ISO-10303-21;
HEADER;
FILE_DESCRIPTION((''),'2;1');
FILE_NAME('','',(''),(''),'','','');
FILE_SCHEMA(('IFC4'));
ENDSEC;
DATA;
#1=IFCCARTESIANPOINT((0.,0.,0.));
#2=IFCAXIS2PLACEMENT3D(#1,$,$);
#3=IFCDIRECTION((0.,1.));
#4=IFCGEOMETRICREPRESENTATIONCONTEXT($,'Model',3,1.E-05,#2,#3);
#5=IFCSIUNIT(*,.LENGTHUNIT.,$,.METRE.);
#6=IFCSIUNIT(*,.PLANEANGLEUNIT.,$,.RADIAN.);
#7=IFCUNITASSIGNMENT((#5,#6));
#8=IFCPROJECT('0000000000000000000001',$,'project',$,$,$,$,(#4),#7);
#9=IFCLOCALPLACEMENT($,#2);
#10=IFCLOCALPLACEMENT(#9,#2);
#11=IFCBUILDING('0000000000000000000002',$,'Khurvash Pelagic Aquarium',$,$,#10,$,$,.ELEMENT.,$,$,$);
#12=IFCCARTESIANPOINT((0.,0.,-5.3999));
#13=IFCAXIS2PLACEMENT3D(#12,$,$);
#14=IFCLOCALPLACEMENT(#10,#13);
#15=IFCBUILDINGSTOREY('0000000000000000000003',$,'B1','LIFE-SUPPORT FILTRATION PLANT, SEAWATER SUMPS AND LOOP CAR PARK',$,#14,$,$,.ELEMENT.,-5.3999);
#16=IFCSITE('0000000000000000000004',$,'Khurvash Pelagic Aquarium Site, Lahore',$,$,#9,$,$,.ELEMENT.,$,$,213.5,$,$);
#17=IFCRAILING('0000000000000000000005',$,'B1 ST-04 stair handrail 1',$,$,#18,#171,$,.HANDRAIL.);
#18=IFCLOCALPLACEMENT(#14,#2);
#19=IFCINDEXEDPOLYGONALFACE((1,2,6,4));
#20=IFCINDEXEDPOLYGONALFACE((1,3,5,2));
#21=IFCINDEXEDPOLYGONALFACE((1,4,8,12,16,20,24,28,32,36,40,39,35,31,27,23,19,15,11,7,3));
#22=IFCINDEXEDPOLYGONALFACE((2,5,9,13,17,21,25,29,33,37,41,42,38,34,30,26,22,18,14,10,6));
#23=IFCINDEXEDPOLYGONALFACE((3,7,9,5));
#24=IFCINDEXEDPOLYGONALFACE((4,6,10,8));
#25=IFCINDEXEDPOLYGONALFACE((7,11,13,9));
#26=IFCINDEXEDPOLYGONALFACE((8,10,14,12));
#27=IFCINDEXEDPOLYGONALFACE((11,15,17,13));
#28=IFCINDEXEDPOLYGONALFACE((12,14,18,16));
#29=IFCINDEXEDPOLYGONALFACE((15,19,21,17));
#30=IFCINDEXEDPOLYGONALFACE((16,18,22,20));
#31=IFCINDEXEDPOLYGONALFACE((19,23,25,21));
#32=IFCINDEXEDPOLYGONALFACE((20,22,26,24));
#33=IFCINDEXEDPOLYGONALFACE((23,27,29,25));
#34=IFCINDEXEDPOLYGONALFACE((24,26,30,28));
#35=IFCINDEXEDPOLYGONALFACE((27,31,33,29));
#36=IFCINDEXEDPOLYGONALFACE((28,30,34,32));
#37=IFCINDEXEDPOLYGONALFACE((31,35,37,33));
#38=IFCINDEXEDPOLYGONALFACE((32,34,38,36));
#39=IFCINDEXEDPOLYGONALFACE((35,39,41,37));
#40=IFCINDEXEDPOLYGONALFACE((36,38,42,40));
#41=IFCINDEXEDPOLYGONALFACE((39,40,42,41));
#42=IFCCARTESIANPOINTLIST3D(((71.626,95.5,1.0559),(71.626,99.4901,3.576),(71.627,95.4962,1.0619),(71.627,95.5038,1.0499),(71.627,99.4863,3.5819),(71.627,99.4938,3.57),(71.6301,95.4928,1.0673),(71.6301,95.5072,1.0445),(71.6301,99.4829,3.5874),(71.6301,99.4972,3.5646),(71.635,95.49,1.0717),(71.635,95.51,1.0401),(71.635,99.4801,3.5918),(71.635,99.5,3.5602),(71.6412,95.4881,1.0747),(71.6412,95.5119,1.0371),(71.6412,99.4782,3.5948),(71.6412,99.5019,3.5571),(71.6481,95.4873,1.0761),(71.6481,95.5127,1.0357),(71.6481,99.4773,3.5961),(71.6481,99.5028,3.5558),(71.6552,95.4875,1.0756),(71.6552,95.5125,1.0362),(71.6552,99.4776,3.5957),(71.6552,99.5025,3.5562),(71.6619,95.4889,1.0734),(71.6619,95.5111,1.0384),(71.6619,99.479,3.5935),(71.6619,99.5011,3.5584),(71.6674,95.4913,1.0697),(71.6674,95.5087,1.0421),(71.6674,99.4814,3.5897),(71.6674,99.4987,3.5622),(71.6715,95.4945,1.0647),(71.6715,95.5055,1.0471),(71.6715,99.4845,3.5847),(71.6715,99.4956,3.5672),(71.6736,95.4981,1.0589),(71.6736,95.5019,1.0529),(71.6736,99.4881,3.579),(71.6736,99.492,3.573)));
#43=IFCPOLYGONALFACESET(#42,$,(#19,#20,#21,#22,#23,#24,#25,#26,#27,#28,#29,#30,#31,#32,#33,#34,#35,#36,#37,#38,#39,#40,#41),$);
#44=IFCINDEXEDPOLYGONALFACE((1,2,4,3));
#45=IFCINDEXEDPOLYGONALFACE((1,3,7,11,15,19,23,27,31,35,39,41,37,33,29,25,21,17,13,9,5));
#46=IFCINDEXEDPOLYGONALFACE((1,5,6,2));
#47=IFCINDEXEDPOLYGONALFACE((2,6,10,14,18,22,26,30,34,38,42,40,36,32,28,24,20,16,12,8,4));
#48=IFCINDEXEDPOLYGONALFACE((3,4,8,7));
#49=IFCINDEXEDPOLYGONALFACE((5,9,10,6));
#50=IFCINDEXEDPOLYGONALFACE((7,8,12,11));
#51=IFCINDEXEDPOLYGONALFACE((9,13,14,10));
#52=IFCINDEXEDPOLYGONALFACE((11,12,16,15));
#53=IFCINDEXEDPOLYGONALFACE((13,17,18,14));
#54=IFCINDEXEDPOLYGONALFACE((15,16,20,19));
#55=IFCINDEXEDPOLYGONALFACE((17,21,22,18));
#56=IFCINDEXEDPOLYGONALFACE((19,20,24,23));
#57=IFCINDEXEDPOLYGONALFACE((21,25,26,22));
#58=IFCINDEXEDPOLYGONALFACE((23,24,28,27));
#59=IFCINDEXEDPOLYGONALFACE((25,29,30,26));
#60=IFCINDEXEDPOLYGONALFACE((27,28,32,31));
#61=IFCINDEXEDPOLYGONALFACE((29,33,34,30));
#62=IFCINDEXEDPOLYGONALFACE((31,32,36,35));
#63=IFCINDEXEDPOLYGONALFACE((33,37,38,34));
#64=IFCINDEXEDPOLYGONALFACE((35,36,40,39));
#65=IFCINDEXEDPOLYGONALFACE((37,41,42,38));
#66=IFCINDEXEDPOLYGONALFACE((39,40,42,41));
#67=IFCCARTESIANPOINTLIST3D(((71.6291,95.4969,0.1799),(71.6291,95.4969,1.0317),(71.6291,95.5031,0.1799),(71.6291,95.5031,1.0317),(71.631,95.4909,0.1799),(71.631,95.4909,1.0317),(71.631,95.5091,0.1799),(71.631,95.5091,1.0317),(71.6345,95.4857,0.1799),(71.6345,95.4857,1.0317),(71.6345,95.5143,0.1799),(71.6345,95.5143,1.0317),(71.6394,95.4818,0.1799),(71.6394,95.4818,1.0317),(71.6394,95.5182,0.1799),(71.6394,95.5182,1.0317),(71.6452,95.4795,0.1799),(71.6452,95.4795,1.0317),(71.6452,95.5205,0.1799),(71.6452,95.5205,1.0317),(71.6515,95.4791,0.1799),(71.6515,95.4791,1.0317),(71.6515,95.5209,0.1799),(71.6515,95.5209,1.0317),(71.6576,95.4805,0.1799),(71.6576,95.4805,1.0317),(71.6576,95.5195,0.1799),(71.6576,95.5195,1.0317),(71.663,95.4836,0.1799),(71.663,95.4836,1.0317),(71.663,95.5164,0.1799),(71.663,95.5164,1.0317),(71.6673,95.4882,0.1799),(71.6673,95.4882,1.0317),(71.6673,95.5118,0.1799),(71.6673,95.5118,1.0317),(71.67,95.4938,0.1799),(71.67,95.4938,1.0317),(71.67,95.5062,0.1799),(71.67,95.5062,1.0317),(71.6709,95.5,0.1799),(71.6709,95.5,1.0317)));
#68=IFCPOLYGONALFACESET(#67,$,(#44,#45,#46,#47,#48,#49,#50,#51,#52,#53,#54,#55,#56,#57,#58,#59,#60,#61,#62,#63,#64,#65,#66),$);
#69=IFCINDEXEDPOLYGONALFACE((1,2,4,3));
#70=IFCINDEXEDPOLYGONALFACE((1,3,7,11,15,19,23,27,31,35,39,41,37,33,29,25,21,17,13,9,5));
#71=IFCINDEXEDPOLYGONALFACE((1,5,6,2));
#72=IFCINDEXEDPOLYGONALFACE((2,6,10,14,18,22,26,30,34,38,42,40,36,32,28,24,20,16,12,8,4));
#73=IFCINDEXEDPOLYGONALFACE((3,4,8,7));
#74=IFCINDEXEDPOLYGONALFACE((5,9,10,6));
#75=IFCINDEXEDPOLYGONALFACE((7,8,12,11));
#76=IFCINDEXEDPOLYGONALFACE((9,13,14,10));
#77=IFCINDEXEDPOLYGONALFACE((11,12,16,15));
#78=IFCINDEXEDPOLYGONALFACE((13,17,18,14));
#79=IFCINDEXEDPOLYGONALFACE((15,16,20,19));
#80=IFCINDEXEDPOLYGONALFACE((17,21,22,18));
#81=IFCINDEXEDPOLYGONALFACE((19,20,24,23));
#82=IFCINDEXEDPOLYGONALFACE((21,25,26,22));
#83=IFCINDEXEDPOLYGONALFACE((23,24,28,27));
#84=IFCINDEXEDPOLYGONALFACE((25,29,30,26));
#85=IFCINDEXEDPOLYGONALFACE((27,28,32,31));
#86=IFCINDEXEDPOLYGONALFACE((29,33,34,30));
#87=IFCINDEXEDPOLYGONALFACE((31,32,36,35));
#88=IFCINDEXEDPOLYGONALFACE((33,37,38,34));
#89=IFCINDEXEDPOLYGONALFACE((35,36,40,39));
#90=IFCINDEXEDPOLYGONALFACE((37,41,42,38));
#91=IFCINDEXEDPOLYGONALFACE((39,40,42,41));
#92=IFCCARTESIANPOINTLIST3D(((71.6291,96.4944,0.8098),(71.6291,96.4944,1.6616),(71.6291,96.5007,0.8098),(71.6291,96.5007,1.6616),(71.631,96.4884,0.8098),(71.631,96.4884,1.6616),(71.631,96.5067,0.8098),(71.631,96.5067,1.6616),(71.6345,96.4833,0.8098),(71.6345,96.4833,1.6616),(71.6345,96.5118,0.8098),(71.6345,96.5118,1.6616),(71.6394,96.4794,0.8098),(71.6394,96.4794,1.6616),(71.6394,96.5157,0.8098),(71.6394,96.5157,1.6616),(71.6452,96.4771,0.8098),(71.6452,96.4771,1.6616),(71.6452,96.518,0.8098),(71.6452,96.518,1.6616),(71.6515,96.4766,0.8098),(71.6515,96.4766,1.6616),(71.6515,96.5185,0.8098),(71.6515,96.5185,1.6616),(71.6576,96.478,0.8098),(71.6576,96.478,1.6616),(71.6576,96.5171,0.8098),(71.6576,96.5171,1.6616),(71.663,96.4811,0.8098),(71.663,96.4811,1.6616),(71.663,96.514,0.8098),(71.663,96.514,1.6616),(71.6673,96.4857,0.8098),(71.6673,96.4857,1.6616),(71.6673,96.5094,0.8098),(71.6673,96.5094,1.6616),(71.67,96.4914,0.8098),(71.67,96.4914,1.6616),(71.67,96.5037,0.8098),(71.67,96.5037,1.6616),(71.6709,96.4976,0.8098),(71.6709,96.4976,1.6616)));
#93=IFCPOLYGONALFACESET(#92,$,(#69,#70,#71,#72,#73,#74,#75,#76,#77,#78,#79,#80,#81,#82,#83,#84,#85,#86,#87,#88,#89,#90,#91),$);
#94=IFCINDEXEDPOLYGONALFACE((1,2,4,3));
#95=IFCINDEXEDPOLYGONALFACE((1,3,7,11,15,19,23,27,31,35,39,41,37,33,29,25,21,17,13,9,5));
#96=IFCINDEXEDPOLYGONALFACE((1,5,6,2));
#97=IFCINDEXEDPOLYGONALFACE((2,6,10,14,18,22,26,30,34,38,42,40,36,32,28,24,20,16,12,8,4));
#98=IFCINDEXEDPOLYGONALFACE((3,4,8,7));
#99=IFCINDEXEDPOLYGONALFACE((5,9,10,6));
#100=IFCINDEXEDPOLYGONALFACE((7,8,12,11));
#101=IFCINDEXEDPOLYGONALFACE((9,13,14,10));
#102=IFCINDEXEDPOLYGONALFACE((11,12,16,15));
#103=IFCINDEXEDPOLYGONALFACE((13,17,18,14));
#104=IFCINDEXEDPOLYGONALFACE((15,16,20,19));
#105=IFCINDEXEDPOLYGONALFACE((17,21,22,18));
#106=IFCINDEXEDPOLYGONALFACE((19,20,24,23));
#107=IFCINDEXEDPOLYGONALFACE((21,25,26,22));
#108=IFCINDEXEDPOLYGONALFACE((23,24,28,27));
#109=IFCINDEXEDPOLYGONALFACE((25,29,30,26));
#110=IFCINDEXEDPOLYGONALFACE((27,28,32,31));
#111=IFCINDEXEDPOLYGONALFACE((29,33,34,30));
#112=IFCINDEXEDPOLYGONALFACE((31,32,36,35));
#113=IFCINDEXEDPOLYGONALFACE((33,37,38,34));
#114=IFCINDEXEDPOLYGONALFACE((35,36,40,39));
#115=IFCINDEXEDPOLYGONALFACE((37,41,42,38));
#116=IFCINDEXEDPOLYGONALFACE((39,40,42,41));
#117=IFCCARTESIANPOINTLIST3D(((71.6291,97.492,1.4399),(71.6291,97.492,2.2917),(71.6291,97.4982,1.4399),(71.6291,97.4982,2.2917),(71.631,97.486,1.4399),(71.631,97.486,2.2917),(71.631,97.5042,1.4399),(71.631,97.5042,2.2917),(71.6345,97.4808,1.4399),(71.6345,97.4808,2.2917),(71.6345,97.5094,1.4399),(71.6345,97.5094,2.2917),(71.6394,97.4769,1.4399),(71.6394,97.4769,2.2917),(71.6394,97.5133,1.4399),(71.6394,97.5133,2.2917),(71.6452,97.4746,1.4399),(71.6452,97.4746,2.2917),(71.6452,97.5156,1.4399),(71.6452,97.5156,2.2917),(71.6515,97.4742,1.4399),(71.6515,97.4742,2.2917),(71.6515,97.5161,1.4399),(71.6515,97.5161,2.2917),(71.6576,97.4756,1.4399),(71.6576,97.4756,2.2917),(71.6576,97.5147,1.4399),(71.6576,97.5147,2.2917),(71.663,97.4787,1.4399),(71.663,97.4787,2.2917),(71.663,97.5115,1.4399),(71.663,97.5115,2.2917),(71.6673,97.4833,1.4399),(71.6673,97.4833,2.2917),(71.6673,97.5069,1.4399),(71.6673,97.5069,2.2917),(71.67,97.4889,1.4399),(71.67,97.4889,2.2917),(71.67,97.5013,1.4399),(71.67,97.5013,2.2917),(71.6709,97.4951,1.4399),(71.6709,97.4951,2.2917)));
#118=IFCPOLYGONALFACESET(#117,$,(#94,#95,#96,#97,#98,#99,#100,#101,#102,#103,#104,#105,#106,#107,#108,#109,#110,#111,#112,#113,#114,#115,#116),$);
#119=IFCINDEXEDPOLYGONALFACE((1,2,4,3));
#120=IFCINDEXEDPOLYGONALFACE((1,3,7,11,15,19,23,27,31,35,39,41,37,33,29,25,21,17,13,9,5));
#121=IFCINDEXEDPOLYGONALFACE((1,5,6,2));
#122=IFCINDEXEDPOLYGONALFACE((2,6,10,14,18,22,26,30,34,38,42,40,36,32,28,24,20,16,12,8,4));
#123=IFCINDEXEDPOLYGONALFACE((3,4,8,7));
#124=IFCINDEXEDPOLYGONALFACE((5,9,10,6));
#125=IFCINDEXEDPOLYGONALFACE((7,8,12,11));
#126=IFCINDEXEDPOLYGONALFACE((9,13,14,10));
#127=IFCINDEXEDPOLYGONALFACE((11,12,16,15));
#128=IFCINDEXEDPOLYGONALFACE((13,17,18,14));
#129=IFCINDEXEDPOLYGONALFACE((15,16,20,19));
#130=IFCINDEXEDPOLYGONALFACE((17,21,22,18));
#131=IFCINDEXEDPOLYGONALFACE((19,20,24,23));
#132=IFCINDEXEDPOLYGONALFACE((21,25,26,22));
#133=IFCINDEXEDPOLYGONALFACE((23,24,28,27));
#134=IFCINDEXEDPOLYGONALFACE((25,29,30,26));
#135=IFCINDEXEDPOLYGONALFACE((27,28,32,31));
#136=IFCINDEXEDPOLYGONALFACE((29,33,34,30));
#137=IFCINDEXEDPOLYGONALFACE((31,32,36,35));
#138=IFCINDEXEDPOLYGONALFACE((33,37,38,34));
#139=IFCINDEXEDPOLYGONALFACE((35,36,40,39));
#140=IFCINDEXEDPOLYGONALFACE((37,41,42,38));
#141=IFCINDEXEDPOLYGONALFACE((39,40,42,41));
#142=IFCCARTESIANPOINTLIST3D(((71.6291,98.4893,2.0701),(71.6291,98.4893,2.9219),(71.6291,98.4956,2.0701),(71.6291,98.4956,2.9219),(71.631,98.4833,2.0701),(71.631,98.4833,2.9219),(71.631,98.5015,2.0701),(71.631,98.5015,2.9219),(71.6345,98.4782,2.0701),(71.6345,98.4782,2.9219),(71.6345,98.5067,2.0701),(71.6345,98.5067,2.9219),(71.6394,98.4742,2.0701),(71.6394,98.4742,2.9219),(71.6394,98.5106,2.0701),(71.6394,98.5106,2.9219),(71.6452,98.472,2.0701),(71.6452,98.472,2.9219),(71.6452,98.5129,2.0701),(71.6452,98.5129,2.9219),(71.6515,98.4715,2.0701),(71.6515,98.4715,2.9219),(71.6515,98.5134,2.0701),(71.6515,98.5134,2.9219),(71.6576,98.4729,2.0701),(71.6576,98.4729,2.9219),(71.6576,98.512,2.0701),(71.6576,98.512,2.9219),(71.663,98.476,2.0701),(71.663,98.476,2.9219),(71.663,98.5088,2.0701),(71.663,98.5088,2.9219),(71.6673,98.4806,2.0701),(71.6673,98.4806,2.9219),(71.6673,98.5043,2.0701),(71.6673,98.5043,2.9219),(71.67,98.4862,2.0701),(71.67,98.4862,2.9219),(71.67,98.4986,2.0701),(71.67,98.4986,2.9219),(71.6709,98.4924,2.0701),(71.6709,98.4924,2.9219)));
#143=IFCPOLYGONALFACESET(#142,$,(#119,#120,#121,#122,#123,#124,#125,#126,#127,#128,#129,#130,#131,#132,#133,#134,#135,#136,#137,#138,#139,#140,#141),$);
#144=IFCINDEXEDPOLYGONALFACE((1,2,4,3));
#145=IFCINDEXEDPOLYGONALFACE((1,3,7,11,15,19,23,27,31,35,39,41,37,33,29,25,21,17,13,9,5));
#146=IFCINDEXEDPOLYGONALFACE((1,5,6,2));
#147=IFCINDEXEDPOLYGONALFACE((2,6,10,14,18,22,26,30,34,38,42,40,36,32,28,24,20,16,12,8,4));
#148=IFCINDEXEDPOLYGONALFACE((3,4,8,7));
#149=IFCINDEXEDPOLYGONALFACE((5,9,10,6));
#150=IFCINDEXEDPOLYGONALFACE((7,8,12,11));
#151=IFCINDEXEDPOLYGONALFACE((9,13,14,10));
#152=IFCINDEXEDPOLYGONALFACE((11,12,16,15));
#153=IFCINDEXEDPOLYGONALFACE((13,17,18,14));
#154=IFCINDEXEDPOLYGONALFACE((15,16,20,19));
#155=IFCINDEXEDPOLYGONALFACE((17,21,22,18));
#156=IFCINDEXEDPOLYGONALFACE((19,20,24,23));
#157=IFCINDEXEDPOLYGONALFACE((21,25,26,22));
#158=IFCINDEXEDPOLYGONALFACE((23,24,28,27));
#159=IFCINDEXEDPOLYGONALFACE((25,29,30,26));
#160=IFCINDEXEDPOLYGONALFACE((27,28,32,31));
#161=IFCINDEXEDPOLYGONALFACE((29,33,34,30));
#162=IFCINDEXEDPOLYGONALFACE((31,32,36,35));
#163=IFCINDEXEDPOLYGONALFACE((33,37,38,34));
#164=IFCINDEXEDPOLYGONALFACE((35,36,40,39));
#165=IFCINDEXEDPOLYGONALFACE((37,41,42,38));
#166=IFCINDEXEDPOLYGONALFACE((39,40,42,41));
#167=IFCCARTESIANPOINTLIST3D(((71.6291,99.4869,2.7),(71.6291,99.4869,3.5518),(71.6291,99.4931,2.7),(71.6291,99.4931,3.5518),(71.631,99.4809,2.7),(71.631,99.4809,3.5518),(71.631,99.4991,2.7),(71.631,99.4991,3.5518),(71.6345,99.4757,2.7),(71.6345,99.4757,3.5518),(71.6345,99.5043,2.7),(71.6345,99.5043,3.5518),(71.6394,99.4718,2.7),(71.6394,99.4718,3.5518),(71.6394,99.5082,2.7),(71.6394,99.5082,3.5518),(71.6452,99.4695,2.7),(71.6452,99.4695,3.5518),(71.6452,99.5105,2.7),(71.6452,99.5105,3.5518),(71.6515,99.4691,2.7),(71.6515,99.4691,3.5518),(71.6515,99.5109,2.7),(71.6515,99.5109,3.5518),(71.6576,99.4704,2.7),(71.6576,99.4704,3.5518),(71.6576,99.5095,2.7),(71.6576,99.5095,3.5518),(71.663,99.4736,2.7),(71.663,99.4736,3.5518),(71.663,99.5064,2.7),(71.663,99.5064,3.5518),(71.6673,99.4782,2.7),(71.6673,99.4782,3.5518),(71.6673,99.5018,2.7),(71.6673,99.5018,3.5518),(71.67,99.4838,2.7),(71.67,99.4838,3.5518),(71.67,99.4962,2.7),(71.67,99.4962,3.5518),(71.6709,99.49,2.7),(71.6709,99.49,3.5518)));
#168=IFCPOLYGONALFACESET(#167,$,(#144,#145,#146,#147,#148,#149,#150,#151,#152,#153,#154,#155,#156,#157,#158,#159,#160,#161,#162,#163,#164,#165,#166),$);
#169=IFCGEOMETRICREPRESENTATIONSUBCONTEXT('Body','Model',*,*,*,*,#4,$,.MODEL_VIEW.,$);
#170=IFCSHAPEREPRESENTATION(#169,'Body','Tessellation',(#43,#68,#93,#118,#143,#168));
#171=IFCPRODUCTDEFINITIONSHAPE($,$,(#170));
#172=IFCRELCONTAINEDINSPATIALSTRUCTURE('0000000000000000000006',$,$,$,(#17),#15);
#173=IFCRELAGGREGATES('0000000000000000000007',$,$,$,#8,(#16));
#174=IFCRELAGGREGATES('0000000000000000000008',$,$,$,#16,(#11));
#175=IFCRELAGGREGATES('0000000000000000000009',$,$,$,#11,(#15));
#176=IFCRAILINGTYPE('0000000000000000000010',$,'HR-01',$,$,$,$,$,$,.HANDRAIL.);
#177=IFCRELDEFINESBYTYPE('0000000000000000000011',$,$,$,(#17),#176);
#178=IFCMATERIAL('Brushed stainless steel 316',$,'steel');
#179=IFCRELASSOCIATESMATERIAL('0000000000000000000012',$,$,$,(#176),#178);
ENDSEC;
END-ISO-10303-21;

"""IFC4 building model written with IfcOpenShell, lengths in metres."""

from ifc_helpers import new_model, si_unit, direction, frame, origin, origin_2d, place, context, subcontext, project, spatial, circle, extrude, material, type_object, element, save


model = new_model("IFC4")

# Units and contexts
model_context = context("Model", 3, precision=1e-05, world=origin(), true_north=direction((0.0, 1.0)))
body_context = subcontext(model_context, "Body", "Model", "MODEL_VIEW")
ifc_project = project(units=[si_unit("LENGTHUNIT", "METRE"), si_unit("PLANEANGLEUNIT", "RADIAN")], contexts=[model_context])

# Site, building, storey
site_placement = place(None, origin())
site = spatial("IfcSite", under=ifc_project, at=site_placement, Name="Khurvash Pelagic Aquarium Site, Lahore", CompositionType="ELEMENT", RefElevation=213.5)
building_placement = place(site_placement, origin())
building = spatial("IfcBuilding", under=site, at=building_placement, Name="Khurvash Pelagic Aquarium", CompositionType="ELEMENT")
storey_placement = place(building_placement, frame((0.0, 0.0, -5.3999)))
storey = spatial("IfcBuildingStorey", under=building, at=storey_placement, Name="B1", Description="LIFE-SUPPORT FILTRATION PLANT, SEAWATER SUMPS AND LOOP CAR PARK", CompositionType="ELEMENT", Elevation=-5.3999)

# Railing
ifc_material_1 = material(Name="Brushed stainless steel 316", Category="steel")
railing_type_1 = type_object("IfcRailingType", Name="HR-01", PredefinedType="HANDRAIL", material=ifc_material_1)
railing_1_placement = place(storey_placement, frame((71.6499, 95.5, 0.1799)))
element("IfcRailing", 1, at=railing_1_placement, inside=storey, type_object=railing_type_1, Name="B1 ST-04 stair handrail 1", PredefinedType="HANDRAIL", context=body_context, shape_type="SweptSolid", body=[
    extrude(circle(Radius=0.0239, at=origin_2d()), frame((0.0, 0.0, 0.876), z_axis=(0.0, 0.845486, 0.533997), x_axis=(-1.0, 0.0, 0.0)), (0.0, 0.0, 1.0), 4.7192),
    extrude(circle(Radius=0.021, at=origin_2d()), origin(), (0.0, 0.0, 1.0), 0.8518),
    extrude(circle(Radius=0.021, at=origin_2d()), frame((0.0, 0.9976, 0.6299)), (0.0, 0.0, 1.0), 0.8518),
    extrude(circle(Radius=0.021, at=origin_2d()), frame((0.0, 1.9951, 1.26)), (0.0, 0.0, 1.0), 0.8518),
    extrude(circle(Radius=0.021, at=origin_2d()), frame((0.0, 2.9924, 1.8901)), (0.0, 0.0, 1.0), 0.8518),
    extrude(circle(Radius=0.021, at=origin_2d()), frame((0.0, 3.99, 2.52)), (0.0, 0.0, 1.0), 0.8518),
])

save(model, "model.ifc")
